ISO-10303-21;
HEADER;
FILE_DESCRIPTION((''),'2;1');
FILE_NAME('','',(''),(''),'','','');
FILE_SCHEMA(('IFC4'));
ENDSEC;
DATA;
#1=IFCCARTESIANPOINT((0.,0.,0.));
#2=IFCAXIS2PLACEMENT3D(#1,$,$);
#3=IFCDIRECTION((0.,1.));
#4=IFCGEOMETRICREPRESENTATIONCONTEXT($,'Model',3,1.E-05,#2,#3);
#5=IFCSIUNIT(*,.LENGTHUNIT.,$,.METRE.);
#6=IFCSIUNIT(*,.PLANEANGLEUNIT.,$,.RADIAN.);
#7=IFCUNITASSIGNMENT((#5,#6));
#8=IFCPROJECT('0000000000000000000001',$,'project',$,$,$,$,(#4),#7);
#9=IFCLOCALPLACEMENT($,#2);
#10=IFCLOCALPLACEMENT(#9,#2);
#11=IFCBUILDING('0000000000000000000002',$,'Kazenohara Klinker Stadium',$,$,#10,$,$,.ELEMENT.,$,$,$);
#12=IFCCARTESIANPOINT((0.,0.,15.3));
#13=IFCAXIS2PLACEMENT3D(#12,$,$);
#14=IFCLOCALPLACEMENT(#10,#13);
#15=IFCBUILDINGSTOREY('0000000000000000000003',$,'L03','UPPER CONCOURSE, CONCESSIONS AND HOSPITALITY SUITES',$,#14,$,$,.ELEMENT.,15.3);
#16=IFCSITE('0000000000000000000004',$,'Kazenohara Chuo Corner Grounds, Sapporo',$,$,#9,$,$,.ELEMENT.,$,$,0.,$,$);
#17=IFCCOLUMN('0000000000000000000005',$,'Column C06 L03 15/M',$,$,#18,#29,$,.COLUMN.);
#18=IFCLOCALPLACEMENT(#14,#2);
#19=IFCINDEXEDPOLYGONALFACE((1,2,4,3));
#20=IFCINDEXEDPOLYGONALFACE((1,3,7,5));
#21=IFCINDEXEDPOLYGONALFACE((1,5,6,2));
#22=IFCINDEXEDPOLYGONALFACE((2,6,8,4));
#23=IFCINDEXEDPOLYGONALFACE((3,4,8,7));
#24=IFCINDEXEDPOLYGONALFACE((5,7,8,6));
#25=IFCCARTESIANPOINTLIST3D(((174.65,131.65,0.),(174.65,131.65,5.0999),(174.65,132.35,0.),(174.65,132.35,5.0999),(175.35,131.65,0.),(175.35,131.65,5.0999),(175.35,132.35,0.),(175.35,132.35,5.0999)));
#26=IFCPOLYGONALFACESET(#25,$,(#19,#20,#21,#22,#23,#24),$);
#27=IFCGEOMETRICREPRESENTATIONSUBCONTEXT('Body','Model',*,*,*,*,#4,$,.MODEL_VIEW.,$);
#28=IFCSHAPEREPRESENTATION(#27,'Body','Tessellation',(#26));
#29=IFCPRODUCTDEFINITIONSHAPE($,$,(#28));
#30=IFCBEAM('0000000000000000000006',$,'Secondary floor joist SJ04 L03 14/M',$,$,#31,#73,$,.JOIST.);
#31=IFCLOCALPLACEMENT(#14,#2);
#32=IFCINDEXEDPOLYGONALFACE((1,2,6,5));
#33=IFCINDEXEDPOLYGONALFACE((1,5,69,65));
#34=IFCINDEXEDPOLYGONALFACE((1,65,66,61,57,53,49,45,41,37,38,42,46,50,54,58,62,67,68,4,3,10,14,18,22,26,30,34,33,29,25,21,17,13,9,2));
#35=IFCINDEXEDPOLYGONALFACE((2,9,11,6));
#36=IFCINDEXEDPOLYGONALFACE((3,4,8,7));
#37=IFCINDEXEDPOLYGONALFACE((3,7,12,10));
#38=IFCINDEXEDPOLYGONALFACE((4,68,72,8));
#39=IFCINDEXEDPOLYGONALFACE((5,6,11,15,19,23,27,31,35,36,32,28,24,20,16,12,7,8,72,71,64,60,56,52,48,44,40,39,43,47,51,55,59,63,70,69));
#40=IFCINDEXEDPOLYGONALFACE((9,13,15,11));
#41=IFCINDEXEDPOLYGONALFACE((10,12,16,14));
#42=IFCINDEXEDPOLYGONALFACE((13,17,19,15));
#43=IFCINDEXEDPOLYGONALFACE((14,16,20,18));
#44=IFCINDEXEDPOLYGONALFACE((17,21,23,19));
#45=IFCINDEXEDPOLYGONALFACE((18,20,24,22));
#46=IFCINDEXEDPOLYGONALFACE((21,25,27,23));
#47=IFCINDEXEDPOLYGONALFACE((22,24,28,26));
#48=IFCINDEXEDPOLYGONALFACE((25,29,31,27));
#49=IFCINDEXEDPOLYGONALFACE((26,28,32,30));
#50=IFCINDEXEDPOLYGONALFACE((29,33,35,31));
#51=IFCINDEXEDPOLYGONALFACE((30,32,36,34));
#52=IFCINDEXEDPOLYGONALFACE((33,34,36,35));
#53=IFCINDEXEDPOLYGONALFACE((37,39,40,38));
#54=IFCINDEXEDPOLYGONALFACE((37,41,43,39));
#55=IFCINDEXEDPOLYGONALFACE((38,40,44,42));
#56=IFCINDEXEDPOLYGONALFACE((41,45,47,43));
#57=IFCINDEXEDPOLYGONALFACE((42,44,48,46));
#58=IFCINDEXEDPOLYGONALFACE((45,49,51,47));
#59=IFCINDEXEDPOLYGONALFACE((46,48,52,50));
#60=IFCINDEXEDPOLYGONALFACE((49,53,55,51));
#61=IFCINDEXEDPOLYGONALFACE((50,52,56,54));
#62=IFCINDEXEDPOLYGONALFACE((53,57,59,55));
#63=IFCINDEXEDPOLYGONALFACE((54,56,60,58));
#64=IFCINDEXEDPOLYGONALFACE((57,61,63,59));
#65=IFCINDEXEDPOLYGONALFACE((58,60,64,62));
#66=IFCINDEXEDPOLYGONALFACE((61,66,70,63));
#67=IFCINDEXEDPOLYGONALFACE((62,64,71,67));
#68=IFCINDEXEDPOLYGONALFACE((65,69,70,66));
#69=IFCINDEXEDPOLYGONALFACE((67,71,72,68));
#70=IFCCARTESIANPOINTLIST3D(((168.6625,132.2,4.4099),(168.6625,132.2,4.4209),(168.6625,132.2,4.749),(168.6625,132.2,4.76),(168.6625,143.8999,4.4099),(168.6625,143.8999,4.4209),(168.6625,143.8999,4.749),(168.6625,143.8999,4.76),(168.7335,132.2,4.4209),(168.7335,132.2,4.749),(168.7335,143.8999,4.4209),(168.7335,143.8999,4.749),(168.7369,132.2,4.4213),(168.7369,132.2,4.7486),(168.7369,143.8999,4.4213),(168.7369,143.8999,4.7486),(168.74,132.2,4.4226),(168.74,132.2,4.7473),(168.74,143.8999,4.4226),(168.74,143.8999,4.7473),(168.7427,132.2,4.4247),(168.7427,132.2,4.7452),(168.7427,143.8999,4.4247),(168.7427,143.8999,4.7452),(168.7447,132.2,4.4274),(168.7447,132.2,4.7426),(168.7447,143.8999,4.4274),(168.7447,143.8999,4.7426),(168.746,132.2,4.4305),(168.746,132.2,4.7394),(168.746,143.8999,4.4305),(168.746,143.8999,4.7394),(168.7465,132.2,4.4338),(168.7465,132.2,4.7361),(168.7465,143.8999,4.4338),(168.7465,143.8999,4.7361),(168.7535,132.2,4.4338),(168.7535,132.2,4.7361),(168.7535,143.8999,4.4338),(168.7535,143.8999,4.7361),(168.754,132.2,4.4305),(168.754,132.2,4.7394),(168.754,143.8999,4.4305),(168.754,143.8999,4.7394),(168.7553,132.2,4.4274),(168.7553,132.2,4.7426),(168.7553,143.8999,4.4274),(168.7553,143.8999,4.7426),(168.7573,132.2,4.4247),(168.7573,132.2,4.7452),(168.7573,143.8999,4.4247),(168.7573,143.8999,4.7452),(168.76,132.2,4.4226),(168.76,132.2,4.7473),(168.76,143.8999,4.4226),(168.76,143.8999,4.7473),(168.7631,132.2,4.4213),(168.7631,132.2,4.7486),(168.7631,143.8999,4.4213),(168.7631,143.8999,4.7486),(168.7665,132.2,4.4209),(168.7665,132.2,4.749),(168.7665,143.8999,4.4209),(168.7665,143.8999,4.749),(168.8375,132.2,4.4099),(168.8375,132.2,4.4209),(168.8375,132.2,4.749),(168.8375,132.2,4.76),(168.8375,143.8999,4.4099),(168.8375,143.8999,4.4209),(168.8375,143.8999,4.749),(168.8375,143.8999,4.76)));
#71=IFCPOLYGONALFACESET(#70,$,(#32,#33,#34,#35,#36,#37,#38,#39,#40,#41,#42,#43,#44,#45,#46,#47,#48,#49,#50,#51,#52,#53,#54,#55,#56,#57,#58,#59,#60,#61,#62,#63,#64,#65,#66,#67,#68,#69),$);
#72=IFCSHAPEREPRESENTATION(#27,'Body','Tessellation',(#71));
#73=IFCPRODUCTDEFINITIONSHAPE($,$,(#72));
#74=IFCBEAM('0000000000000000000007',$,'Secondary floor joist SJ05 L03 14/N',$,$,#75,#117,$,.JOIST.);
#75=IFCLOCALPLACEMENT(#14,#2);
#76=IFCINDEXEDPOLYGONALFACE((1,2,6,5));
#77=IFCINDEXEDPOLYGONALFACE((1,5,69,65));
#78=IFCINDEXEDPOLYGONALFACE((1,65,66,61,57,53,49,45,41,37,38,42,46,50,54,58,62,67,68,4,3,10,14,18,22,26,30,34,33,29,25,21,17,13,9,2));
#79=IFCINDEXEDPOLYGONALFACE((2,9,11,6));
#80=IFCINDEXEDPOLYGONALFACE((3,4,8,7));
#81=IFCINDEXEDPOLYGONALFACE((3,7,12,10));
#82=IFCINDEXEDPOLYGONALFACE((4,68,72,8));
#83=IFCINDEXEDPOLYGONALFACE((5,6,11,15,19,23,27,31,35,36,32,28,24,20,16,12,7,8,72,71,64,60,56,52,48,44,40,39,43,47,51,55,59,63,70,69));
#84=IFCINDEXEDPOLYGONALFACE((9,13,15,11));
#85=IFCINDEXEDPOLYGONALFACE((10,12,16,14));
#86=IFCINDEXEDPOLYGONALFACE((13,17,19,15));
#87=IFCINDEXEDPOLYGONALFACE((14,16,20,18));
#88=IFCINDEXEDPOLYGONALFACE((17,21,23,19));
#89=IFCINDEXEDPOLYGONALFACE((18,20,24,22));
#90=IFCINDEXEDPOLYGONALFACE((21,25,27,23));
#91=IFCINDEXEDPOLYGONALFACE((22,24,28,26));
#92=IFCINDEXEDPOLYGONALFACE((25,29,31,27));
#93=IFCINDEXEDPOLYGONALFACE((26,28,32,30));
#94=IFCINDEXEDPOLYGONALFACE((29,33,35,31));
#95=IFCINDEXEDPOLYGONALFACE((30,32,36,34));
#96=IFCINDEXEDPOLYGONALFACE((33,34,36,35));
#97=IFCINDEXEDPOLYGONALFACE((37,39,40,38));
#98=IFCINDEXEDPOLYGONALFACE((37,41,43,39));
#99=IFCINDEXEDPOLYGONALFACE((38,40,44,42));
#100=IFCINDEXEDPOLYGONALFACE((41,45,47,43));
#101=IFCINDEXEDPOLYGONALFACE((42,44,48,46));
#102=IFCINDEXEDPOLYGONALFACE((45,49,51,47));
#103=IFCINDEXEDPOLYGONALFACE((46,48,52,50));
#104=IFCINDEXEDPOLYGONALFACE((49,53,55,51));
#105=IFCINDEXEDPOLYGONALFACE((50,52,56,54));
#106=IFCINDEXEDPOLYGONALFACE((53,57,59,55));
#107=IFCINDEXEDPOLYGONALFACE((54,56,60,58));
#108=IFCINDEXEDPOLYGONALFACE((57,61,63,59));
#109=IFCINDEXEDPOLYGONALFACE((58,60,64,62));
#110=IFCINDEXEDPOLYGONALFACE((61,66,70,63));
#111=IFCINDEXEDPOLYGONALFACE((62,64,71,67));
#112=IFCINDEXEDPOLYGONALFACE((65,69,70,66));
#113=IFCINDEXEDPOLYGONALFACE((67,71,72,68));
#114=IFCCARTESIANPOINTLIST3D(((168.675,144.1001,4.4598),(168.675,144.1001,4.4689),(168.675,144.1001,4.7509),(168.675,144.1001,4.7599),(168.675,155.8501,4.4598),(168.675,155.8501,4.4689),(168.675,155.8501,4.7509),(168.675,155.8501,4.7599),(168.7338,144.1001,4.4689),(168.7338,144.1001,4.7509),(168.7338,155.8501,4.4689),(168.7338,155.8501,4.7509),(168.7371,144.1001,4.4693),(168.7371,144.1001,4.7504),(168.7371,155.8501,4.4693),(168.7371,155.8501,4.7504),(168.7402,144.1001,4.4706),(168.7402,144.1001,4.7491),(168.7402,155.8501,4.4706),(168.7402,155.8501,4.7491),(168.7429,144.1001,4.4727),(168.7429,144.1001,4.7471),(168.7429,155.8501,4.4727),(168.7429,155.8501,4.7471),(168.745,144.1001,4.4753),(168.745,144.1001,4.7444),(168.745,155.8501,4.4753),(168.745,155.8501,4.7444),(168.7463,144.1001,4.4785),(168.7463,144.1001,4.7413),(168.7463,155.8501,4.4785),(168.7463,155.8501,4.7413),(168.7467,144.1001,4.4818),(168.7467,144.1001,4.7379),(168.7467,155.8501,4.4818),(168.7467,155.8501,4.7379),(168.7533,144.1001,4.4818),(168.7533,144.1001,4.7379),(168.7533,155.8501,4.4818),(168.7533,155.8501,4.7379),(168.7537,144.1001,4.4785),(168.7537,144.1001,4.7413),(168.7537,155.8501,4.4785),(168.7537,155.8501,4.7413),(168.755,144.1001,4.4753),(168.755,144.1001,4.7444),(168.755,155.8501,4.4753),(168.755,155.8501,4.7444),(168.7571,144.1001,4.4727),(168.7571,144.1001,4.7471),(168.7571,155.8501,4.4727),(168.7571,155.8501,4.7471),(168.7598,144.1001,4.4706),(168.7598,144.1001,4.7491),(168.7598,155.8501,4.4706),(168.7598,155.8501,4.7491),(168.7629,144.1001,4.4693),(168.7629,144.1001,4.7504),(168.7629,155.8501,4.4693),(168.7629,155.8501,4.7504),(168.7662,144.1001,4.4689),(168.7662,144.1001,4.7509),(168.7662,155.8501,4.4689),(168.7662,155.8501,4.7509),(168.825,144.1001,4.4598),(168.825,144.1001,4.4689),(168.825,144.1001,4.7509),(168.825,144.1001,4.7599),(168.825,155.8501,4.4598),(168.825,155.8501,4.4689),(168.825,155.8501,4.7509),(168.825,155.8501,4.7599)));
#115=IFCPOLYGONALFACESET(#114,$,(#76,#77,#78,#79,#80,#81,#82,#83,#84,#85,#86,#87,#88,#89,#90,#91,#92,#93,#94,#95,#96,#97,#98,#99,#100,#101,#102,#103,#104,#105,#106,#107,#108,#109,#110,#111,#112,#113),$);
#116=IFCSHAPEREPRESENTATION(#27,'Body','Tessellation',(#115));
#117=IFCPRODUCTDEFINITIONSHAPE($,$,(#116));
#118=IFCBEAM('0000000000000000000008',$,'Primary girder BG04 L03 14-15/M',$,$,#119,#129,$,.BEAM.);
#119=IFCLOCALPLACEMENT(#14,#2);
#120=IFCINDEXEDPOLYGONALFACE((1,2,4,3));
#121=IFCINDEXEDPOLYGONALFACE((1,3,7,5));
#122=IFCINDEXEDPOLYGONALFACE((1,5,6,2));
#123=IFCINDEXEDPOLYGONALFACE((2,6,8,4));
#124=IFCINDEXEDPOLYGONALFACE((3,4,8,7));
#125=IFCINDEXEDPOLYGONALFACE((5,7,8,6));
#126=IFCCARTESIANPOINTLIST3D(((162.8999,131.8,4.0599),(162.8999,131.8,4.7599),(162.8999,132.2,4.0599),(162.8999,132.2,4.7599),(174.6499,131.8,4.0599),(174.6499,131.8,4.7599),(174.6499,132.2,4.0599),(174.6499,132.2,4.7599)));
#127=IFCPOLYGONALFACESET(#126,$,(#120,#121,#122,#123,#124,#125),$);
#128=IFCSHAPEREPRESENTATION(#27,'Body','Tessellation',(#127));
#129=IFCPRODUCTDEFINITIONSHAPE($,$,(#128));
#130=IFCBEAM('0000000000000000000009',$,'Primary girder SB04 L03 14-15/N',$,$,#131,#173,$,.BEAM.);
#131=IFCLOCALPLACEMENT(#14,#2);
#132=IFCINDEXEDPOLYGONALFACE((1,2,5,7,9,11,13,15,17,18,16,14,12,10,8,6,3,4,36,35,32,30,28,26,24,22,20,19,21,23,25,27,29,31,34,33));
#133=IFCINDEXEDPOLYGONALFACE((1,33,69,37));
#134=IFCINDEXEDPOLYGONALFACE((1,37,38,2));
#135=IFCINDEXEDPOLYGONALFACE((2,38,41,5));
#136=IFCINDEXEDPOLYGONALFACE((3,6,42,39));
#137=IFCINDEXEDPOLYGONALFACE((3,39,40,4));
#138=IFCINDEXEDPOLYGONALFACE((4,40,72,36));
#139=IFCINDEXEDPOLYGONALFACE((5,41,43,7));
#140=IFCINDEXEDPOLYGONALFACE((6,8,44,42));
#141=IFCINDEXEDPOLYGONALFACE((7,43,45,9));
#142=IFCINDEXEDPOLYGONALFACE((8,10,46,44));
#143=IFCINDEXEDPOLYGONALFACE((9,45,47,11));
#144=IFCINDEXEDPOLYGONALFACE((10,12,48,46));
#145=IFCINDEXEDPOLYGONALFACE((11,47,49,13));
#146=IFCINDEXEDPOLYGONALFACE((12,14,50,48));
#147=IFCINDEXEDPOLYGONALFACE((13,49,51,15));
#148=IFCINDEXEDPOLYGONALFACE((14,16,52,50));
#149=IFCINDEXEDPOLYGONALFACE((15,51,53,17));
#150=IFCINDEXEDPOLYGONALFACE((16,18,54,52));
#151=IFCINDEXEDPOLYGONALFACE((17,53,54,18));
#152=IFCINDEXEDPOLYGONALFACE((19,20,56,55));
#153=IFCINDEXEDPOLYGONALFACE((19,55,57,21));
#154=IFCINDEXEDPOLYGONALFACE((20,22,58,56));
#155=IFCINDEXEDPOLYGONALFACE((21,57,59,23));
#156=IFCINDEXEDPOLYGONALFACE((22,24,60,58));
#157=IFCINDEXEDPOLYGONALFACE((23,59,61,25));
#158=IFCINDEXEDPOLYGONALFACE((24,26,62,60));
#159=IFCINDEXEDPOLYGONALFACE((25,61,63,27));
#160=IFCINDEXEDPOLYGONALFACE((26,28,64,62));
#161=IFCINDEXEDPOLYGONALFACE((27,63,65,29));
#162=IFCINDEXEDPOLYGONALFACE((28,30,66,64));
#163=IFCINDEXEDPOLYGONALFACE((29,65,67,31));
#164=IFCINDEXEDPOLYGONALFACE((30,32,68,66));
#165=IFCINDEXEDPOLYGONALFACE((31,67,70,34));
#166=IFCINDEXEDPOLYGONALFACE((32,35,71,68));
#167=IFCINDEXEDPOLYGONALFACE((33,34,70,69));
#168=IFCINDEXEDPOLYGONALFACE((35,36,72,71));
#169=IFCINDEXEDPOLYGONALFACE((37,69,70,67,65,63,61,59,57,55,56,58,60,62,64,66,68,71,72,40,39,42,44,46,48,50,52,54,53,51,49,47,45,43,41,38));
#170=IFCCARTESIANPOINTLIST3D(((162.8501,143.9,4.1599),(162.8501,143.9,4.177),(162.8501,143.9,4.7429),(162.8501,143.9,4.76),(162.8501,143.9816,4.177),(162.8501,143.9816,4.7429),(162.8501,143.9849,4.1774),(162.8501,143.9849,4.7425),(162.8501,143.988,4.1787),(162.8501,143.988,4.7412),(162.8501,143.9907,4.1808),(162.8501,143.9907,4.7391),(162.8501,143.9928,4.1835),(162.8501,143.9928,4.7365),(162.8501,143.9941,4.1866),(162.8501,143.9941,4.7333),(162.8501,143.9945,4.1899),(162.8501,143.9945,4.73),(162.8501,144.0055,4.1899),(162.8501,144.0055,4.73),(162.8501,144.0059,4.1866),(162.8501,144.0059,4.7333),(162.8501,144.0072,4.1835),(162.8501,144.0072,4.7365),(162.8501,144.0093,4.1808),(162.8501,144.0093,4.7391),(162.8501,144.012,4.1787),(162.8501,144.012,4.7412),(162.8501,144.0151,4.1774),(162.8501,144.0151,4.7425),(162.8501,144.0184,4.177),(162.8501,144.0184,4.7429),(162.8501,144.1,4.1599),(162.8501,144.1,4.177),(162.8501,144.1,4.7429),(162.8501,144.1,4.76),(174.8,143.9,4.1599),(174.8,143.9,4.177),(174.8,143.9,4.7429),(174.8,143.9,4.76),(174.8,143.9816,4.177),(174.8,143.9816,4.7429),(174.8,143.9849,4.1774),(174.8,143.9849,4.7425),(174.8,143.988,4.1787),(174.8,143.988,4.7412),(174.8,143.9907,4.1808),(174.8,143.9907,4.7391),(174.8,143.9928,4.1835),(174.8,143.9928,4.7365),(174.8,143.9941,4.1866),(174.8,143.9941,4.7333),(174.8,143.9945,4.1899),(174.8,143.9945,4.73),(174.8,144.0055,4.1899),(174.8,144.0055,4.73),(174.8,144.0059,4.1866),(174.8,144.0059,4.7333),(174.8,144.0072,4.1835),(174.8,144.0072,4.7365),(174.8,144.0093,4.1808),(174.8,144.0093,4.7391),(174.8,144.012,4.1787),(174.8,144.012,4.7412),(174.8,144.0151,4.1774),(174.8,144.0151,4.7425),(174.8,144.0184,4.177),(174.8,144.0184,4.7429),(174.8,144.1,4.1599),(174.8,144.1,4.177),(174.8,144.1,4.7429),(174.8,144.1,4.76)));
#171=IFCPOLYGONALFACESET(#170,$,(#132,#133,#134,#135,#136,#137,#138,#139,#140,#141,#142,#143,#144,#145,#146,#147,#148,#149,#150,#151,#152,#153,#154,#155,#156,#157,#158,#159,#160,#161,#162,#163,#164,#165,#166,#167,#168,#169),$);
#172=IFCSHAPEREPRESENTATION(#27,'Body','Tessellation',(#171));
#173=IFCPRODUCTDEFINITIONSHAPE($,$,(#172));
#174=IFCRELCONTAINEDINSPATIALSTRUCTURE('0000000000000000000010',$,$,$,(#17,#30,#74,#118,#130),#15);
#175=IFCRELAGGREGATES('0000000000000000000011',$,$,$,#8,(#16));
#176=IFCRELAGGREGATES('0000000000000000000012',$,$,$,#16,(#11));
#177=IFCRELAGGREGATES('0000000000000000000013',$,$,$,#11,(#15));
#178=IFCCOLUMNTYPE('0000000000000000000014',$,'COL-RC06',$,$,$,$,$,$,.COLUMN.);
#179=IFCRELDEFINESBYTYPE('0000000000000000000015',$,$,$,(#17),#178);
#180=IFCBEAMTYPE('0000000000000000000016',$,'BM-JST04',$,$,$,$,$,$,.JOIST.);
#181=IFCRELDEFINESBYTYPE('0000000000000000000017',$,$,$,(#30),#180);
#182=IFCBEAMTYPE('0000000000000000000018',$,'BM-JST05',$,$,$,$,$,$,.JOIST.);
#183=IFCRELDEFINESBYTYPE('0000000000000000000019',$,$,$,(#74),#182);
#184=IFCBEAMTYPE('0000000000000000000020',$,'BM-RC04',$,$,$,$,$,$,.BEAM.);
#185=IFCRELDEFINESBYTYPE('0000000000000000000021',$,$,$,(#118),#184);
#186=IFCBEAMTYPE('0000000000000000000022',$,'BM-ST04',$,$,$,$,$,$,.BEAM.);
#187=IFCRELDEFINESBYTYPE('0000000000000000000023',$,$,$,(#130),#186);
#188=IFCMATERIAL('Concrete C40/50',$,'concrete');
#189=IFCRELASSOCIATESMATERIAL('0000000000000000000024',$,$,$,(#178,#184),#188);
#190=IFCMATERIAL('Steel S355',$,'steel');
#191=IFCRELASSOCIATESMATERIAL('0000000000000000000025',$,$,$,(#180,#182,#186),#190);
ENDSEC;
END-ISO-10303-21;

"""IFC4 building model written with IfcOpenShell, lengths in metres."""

from ifc_helpers import new_model, si_unit, direction, frame, origin, origin_2d, place, context, subcontext, project, spatial, rectangle, i_section, extrude, material, material_profile, profile_set, type_object, element, save


model = new_model("IFC4")

# Units and contexts
model_context = context("Model", 3, precision=1e-05, world=origin(), true_north=direction((0.0, 1.0)))
body_context = subcontext(model_context, "Body", "Model", "MODEL_VIEW")
ifc_project = project(units=[si_unit("LENGTHUNIT", "METRE"), si_unit("PLANEANGLEUNIT", "RADIAN")], contexts=[model_context])

# Site, building, storey
site_placement = place(None, origin())
site = spatial("IfcSite", under=ifc_project, at=site_placement, Name="Kazenohara Chuo Corner Grounds, Sapporo", CompositionType="ELEMENT", RefElevation=0.0)
building_placement = place(site_placement, origin())
building = spatial("IfcBuilding", under=site, at=building_placement, Name="Kazenohara Klinker Stadium", CompositionType="ELEMENT")
storey_placement = place(building_placement, frame((0.0, 0.0, 15.3)))
storey = spatial("IfcBuildingStorey", under=building, at=storey_placement, Name="L03", Description="UPPER CONCOURSE, CONCESSIONS AND HOSPITALITY SUITES", CompositionType="ELEMENT", Elevation=15.3)

# Column
ifc_material_1 = material(Name="Concrete C40/50", Category="concrete")
ifc_material_profile_1 = material_profile(ifc_material_1, rectangle(XDim=0.7, YDim=0.7, at=origin_2d()), Name="RC-COL-700x700")
ifc_profile_set_1 = profile_set([ifc_material_profile_1], Name="Concrete C40/50")
column_type = type_object("IfcColumnType", Name="COL-RC06", PredefinedType="COLUMN", material=ifc_profile_set_1)
column_placement = place(storey_placement, frame((175.0, 132.0, 0.0), z_axis=(0.0, 0.0, 1.0), x_axis=(1.0, 0.0, 0.0)))
element("IfcColumn", 1, at=column_placement, inside=storey, type_object=column_type, Name="Column C06 L03 15/M", PredefinedType="COLUMN", context=body_context, shape_type="SweptSolid", body=[
    extrude(rectangle(XDim=0.7, YDim=0.7, at=origin_2d()), origin(), (0.0, 0.0, 1.0), 5.0999),
])

# Beams
ifc_material_2 = material(Name="Steel S355", Category="steel")
ifc_material_profile_2 = material_profile(ifc_material_2, i_section(OverallWidth=0.175, OverallDepth=0.3501, WebThickness=0.0071, FlangeThickness=0.011, FilletRadius=0.0129, at=origin_2d()), Name="H-350x175x7x11")
ifc_profile_set_2 = profile_set([ifc_material_profile_2], Name="Steel S355")
beam_type_1 = type_object("IfcBeamType", Name="BM-JST04", PredefinedType="JOIST", material=ifc_profile_set_2)
beam_1_placement = place(storey_placement, frame((168.75, 132.2, 4.585), z_axis=(0.0, 1.0, 0.0), x_axis=(-1.0, 0.0, 0.0)))
element("IfcBeam", 2, at=beam_1_placement, inside=storey, type_object=beam_type_1, Name="Secondary floor joist SJ04 L03 14/M", PredefinedType="JOIST", context=body_context, shape_type="SweptSolid", body=[
    extrude(i_section(OverallWidth=0.175, OverallDepth=0.3501, WebThickness=0.0071, FlangeThickness=0.011, FilletRadius=0.0129, at=origin_2d()), origin(), (0.0, 0.0, 1.0), 11.7),
])
ifc_material_profile_3 = material_profile(ifc_material_2, i_section(OverallWidth=0.1499, OverallDepth=0.3, WebThickness=0.0066, FlangeThickness=0.009, FilletRadius=0.0129, at=origin_2d()), Name="H-300x150x6.5x9")
ifc_profile_set_3 = profile_set([ifc_material_profile_3], Name="Steel S355")
beam_type_2 = type_object("IfcBeamType", Name="BM-JST05", PredefinedType="JOIST", material=ifc_profile_set_3)
beam_2_placement = place(storey_placement, frame((168.75, 144.1001, 4.6099), z_axis=(0.0, 1.0, 0.0), x_axis=(-1.0, 0.0, 0.0)))
element("IfcBeam", 3, at=beam_2_placement, inside=storey, type_object=beam_type_2, Name="Secondary floor joist SJ05 L03 14/N", PredefinedType="JOIST", context=body_context, shape_type="SweptSolid", body=[
    extrude(i_section(OverallWidth=0.1499, OverallDepth=0.3, WebThickness=0.0066, FlangeThickness=0.009, FilletRadius=0.0129, at=origin_2d()), origin(), (0.0, 0.0, 1.0), 11.75),
])
ifc_material_profile_4 = material_profile(ifc_material_1, rectangle(XDim=0.3999, YDim=0.7, at=origin_2d()), Name="RC-BM-400x700")
ifc_profile_set_4 = profile_set([ifc_material_profile_4], Name="Concrete C40/50")
beam_type_3 = type_object("IfcBeamType", Name="BM-RC04", PredefinedType="BEAM", material=ifc_profile_set_4)
beam_3_placement = place(storey_placement, frame((162.8999, 132.0, 4.4099), z_axis=(1.0, 0.0, 0.0), x_axis=(0.0, 1.0, 0.0)))
element("IfcBeam", 4, at=beam_3_placement, inside=storey, type_object=beam_type_3, Name="Primary girder BG04 L03 14-15/M", PredefinedType="BEAM", context=body_context, shape_type="SweptSolid", body=[
    extrude(rectangle(XDim=0.3999, YDim=0.7, at=origin_2d()), origin(), (0.0, 0.0, 1.0), 11.75),
])
ifc_material_profile_5 = material_profile(ifc_material_2, i_section(OverallWidth=0.2, OverallDepth=0.6001, WebThickness=0.011, FlangeThickness=0.0171, FilletRadius=0.0129, at=origin_2d()), Name="H-600x200x11x17")
ifc_profile_set_5 = profile_set([ifc_material_profile_5], Name="Steel S355")
beam_type_4 = type_object("IfcBeamType", Name="BM-ST04", PredefinedType="BEAM", material=ifc_profile_set_5)
beam_4_placement = place(storey_placement, frame((162.8501, 144.0, 4.46), z_axis=(1.0, 0.0, 0.0), x_axis=(0.0, 1.0, 0.0)))
element("IfcBeam", 5, at=beam_4_placement, inside=storey, type_object=beam_type_4, Name="Primary girder SB04 L03 14-15/N", PredefinedType="BEAM", context=body_context, shape_type="SweptSolid", body=[
    extrude(i_section(OverallWidth=0.2, OverallDepth=0.6001, WebThickness=0.011, FlangeThickness=0.0171, FilletRadius=0.0129, at=origin_2d()), origin(), (0.0, 0.0, 1.0), 11.95),
])

save(model, "model.ifc")
